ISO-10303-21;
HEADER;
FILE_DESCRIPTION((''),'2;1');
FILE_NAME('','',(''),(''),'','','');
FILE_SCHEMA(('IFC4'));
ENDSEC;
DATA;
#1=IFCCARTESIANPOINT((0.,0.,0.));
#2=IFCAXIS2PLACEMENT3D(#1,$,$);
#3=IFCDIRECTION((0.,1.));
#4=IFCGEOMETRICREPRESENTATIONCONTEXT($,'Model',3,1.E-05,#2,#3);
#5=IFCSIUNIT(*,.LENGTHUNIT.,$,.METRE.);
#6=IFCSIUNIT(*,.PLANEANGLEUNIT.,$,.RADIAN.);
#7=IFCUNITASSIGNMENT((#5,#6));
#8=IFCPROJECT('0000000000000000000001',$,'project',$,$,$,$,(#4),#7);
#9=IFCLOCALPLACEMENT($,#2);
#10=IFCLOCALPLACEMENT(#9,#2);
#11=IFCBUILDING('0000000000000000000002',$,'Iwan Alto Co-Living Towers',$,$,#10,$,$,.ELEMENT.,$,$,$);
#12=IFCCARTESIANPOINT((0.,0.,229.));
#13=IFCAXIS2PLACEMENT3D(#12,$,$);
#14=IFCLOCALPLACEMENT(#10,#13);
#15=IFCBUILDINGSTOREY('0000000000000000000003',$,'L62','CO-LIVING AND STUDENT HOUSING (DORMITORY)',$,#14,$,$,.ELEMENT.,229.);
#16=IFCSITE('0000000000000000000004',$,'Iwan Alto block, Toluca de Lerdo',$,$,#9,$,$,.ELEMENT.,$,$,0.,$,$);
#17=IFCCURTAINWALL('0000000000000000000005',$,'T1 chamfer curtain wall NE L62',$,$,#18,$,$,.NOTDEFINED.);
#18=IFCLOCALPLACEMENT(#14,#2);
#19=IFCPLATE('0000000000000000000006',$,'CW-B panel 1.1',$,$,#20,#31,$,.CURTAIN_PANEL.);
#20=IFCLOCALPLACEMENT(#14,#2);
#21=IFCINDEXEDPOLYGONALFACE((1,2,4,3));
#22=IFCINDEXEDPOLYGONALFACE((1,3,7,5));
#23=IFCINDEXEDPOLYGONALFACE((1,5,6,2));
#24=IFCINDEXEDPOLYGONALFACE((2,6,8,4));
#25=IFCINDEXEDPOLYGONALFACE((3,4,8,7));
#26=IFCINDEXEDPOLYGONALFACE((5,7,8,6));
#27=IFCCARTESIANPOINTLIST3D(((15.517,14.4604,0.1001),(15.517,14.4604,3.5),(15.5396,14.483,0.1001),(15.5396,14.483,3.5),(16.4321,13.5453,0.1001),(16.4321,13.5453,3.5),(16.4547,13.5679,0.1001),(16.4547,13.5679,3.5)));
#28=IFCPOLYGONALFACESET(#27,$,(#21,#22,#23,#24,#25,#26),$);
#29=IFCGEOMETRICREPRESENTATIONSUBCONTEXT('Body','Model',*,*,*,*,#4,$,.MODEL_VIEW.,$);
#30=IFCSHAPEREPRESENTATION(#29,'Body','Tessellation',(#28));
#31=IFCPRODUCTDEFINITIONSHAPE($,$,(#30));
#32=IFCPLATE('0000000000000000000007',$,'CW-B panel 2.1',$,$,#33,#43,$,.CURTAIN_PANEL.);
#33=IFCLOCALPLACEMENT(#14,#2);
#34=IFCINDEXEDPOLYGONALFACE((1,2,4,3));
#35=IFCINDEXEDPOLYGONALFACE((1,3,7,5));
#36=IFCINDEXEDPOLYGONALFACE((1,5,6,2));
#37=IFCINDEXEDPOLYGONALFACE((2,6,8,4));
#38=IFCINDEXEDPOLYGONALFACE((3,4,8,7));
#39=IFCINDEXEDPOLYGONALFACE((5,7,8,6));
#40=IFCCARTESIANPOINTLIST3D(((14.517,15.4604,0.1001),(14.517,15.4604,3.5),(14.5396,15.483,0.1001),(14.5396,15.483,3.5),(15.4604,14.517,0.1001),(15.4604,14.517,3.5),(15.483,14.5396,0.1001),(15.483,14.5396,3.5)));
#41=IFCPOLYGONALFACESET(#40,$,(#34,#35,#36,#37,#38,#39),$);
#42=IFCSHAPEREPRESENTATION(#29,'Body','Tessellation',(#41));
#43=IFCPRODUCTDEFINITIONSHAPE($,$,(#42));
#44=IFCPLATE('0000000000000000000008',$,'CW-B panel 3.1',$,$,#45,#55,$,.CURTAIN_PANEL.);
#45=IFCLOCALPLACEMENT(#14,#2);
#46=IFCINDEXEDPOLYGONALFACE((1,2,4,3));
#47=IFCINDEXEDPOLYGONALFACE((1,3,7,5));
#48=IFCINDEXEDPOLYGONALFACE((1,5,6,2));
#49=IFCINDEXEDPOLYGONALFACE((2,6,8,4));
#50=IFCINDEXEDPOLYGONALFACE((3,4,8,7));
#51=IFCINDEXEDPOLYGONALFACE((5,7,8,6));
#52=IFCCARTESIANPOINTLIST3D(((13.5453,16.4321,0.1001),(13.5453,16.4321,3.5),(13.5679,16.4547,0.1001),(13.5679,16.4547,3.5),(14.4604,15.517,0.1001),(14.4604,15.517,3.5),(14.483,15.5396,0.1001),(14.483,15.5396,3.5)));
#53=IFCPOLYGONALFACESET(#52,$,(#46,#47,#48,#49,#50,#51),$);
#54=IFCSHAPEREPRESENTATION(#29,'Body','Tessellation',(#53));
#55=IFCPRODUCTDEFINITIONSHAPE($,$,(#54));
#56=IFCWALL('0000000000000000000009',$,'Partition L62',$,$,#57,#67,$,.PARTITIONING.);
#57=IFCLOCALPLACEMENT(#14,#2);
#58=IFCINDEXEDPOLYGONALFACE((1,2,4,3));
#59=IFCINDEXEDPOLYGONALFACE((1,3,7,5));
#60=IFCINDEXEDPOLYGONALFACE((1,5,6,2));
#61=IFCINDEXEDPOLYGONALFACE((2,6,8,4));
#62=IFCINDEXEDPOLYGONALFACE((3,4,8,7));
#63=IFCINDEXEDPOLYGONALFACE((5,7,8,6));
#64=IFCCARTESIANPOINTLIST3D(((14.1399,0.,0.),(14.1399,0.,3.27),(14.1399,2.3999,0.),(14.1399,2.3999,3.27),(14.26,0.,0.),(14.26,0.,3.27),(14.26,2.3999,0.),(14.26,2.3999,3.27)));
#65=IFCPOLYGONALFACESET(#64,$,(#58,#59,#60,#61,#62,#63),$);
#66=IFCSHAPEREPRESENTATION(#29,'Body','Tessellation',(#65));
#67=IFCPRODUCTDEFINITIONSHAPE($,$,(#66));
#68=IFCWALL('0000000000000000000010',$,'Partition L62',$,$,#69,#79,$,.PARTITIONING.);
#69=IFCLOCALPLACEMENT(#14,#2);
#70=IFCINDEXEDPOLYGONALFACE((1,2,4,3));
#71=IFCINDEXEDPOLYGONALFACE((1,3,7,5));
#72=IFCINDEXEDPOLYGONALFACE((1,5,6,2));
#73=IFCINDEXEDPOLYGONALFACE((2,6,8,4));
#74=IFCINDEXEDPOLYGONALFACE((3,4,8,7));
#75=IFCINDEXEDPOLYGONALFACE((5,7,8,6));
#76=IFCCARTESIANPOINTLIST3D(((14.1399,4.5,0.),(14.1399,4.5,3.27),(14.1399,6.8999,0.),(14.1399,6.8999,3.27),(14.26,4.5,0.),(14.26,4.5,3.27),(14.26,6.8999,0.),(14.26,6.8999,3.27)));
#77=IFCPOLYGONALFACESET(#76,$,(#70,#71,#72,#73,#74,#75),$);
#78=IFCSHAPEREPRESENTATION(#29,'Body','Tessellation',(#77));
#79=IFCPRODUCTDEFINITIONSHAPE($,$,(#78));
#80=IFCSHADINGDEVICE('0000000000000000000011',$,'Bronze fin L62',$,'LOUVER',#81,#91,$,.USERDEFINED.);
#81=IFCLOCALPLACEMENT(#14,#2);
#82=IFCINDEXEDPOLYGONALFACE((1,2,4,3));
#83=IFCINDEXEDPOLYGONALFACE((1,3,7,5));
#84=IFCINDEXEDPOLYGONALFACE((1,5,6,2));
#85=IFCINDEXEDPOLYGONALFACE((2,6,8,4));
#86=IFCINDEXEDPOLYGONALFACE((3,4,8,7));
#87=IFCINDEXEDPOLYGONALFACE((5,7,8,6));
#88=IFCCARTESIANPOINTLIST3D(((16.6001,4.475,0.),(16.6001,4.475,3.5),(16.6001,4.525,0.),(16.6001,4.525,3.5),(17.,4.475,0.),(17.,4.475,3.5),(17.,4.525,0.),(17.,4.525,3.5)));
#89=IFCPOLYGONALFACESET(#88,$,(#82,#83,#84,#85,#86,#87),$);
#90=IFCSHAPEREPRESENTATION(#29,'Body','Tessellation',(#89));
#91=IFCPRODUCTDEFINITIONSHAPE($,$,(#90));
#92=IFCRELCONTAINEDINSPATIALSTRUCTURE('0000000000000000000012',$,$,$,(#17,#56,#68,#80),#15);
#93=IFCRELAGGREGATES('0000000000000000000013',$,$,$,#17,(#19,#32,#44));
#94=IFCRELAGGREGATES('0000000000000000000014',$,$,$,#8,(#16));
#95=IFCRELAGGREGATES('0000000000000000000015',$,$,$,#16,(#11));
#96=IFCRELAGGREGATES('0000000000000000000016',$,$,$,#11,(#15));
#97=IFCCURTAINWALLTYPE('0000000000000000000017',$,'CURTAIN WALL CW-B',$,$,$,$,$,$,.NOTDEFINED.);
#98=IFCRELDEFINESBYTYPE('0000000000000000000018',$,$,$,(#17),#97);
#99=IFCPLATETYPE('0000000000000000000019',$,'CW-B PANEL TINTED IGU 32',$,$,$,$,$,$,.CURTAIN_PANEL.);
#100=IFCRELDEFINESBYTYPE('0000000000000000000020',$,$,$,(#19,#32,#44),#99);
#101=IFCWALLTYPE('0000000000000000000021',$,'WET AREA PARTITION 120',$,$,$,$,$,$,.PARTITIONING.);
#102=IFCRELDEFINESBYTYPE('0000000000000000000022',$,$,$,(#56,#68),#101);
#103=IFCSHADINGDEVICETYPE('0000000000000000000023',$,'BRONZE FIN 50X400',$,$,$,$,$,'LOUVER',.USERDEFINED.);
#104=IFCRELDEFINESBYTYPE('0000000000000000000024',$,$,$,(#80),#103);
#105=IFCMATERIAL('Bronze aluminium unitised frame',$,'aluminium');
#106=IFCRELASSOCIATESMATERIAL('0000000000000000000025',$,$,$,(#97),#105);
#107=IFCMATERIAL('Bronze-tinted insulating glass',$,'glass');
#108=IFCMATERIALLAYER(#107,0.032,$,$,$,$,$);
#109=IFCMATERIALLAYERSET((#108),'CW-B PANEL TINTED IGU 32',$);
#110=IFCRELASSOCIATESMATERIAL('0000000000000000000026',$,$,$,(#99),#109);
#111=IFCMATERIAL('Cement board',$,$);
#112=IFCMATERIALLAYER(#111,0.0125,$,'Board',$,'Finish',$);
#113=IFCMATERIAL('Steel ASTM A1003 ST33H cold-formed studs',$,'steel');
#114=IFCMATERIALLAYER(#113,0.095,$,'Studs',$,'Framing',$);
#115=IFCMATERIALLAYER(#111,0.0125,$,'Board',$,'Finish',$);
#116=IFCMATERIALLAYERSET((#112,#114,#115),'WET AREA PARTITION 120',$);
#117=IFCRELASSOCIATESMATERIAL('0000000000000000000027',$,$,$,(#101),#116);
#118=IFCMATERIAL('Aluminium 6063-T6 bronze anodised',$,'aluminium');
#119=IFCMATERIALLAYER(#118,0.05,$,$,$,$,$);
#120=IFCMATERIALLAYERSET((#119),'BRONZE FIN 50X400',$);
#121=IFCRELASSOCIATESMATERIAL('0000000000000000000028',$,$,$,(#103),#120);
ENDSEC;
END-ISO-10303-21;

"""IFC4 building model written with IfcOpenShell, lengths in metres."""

from ifc_helpers import new_model, si_unit, direction, frame, frame_2d, origin, origin_2d, place, context, subcontext, project, spatial, rectangle, extrude, material, layer, layer_set, type_object, element, aggregate, save


model = new_model("IFC4")

# Units and contexts
model_context = context("Model", 3, precision=1e-05, world=origin(), true_north=direction((0.0, 1.0)))
body_context = subcontext(model_context, "Body", "Model", "MODEL_VIEW")
ifc_project = project(units=[si_unit("LENGTHUNIT", "METRE"), si_unit("PLANEANGLEUNIT", "RADIAN")], contexts=[model_context])

# Site, building, storey
site_placement = place(None, origin())
site = spatial("IfcSite", under=ifc_project, at=site_placement, Name="Iwan Alto block, Toluca de Lerdo", CompositionType="ELEMENT", RefElevation=0.0)
building_placement = place(site_placement, origin())
building = spatial("IfcBuilding", under=site, at=building_placement, Name="Iwan Alto Co-Living Towers", CompositionType="ELEMENT")
storey_placement = place(building_placement, frame((0.0, 0.0, 229.0)))
storey = spatial("IfcBuildingStorey", under=building, at=storey_placement, Name="L62", Description="CO-LIVING AND STUDENT HOUSING (DORMITORY)", CompositionType="ELEMENT", Elevation=229.0)

# Curtain wall
ifc_material_1 = material(Name="Bronze aluminium unitised frame", Category="aluminium")
curtain_wall_type_1 = type_object("IfcCurtainWallType", Name="CURTAIN WALL CW-B", PredefinedType="NOTDEFINED", material=ifc_material_1)
curtain_wall_1_placement = place(storey_placement, origin())
curtain_wall_1 = element("IfcCurtainWall", 1, at=curtain_wall_1_placement, inside=storey, type_object=curtain_wall_type_1, Name="T1 chamfer curtain wall NE L62", PredefinedType="NOTDEFINED")

# Plates
ifc_material_2 = material(Name="Bronze-tinted insulating glass", Category="glass")
ifc_layer_1 = layer(ifc_material_2, 0.032)
ifc_layer_set_1 = layer_set([ifc_layer_1], Name="CW-B PANEL TINTED IGU 32")
plate_type_1 = type_object("IfcPlateType", Name="CW-B PANEL TINTED IGU 32", PredefinedType="CURTAIN_PANEL", material=ifc_layer_set_1)
plate_1_placement = place(storey_placement, frame((15.9858, 14.0142, 0.1001), z_axis=(0.0, 0.0, 1.0), x_axis=(-0.707107, 0.707107, 0.0)))
plate_1 = element("IfcPlate", 2, at=plate_1_placement, type_object=plate_type_1, Name="CW-B panel 1.1", PredefinedType="CURTAIN_PANEL", context=body_context, shape_type="SweptSolid", body=[
    extrude(rectangle(XDim=1.2942, YDim=0.032, at=origin_2d()), origin(), (0.0, 0.0, 1.0), 3.3999),
])
plate_2_placement = place(storey_placement, frame((15.0, 15.0, 0.1001), z_axis=(0.0, 0.0, 1.0), x_axis=(-0.707107, 0.707107, 0.0)))
plate_2 = element("IfcPlate", 3, at=plate_2_placement, type_object=plate_type_1, Name="CW-B panel 2.1", PredefinedType="CURTAIN_PANEL", context=body_context, shape_type="SweptSolid", body=[
    extrude(rectangle(XDim=1.3342, YDim=0.032, at=origin_2d()), origin(), (0.0, 0.0, 1.0), 3.3999),
])
plate_3_placement = place(storey_placement, frame((14.0142, 15.9858, 0.1001), z_axis=(0.0, 0.0, 1.0), x_axis=(-0.707107, 0.707107, 0.0)))
plate_3 = element("IfcPlate", 4, at=plate_3_placement, type_object=plate_type_1, Name="CW-B panel 3.1", PredefinedType="CURTAIN_PANEL", context=body_context, shape_type="SweptSolid", body=[
    extrude(rectangle(XDim=1.2942, YDim=0.032, at=origin_2d()), origin(), (0.0, 0.0, 1.0), 3.3999),
])
aggregate(curtain_wall_1, [plate_1, plate_2, plate_3])

# Walls
ifc_material_3 = material(Name="Cement board")
ifc_layer_2 = layer(ifc_material_3, 0.0125, Name="Board", Category="Finish")
ifc_material_4 = material(Name="Steel ASTM A1003 ST33H cold-formed studs", Category="steel")
ifc_layer_3 = layer(ifc_material_4, 0.095, Name="Studs", Category="Framing")
ifc_layer_4 = layer(ifc_material_3, 0.0125, Name="Board", Category="Finish")
ifc_layer_set_2 = layer_set([ifc_layer_2, ifc_layer_3, ifc_layer_4], Name="WET AREA PARTITION 120")
wall_type = type_object("IfcWallType", Name="WET AREA PARTITION 120", PredefinedType="PARTITIONING", material=ifc_layer_set_2)
for number, where, z_axis, x_axis, name in (
    (5, (14.2, 0.0, 0.0), (0.0, 0.0, 1.0), (0.0, 1.0, 0.0), "Partition L62"),
    (6, (14.2, 4.5, 0.0), (0.0, 0.0, 1.0), (0.0, 1.0, 0.0), "Partition L62"),
):
    element("IfcWall", number, at=place(storey_placement, frame(where, z_axis=z_axis, x_axis=x_axis)), inside=storey, type_object=wall_type, Name=name, PredefinedType="PARTITIONING", context=body_context, shape_type="SweptSolid", body=[
        extrude(rectangle(XDim=2.3999, YDim=0.1201, at=frame_2d((1.2, 0.0))), origin(), (0.0, 0.0, 1.0), 3.27),
    ])

# Shading device
ifc_material_5 = material(Name="Aluminium 6063-T6 bronze anodised", Category="aluminium")
ifc_layer_5 = layer(ifc_material_5, 0.05)
ifc_layer_set_3 = layer_set([ifc_layer_5], Name="BRONZE FIN 50X400")
shading_device_type = type_object("IfcShadingDeviceType", Name="BRONZE FIN 50X400", ElementType="LOUVER", PredefinedType="USERDEFINED", material=ifc_layer_set_3)
shading_device_placement = place(storey_placement, frame((16.8, 4.5, 0.0), z_axis=(0.0, 0.0, 1.0), x_axis=(0.0, 1.0, 0.0)))
element("IfcShadingDevice", 7, at=shading_device_placement, inside=storey, type_object=shading_device_type, Name="Bronze fin L62", ObjectType="LOUVER", PredefinedType="USERDEFINED", context=body_context, shape_type="SweptSolid", body=[
    extrude(rectangle(XDim=0.05, YDim=0.3999, at=origin_2d()), origin(), (0.0, 0.0, 1.0), 3.5),
])

save(model, "model.ifc")
